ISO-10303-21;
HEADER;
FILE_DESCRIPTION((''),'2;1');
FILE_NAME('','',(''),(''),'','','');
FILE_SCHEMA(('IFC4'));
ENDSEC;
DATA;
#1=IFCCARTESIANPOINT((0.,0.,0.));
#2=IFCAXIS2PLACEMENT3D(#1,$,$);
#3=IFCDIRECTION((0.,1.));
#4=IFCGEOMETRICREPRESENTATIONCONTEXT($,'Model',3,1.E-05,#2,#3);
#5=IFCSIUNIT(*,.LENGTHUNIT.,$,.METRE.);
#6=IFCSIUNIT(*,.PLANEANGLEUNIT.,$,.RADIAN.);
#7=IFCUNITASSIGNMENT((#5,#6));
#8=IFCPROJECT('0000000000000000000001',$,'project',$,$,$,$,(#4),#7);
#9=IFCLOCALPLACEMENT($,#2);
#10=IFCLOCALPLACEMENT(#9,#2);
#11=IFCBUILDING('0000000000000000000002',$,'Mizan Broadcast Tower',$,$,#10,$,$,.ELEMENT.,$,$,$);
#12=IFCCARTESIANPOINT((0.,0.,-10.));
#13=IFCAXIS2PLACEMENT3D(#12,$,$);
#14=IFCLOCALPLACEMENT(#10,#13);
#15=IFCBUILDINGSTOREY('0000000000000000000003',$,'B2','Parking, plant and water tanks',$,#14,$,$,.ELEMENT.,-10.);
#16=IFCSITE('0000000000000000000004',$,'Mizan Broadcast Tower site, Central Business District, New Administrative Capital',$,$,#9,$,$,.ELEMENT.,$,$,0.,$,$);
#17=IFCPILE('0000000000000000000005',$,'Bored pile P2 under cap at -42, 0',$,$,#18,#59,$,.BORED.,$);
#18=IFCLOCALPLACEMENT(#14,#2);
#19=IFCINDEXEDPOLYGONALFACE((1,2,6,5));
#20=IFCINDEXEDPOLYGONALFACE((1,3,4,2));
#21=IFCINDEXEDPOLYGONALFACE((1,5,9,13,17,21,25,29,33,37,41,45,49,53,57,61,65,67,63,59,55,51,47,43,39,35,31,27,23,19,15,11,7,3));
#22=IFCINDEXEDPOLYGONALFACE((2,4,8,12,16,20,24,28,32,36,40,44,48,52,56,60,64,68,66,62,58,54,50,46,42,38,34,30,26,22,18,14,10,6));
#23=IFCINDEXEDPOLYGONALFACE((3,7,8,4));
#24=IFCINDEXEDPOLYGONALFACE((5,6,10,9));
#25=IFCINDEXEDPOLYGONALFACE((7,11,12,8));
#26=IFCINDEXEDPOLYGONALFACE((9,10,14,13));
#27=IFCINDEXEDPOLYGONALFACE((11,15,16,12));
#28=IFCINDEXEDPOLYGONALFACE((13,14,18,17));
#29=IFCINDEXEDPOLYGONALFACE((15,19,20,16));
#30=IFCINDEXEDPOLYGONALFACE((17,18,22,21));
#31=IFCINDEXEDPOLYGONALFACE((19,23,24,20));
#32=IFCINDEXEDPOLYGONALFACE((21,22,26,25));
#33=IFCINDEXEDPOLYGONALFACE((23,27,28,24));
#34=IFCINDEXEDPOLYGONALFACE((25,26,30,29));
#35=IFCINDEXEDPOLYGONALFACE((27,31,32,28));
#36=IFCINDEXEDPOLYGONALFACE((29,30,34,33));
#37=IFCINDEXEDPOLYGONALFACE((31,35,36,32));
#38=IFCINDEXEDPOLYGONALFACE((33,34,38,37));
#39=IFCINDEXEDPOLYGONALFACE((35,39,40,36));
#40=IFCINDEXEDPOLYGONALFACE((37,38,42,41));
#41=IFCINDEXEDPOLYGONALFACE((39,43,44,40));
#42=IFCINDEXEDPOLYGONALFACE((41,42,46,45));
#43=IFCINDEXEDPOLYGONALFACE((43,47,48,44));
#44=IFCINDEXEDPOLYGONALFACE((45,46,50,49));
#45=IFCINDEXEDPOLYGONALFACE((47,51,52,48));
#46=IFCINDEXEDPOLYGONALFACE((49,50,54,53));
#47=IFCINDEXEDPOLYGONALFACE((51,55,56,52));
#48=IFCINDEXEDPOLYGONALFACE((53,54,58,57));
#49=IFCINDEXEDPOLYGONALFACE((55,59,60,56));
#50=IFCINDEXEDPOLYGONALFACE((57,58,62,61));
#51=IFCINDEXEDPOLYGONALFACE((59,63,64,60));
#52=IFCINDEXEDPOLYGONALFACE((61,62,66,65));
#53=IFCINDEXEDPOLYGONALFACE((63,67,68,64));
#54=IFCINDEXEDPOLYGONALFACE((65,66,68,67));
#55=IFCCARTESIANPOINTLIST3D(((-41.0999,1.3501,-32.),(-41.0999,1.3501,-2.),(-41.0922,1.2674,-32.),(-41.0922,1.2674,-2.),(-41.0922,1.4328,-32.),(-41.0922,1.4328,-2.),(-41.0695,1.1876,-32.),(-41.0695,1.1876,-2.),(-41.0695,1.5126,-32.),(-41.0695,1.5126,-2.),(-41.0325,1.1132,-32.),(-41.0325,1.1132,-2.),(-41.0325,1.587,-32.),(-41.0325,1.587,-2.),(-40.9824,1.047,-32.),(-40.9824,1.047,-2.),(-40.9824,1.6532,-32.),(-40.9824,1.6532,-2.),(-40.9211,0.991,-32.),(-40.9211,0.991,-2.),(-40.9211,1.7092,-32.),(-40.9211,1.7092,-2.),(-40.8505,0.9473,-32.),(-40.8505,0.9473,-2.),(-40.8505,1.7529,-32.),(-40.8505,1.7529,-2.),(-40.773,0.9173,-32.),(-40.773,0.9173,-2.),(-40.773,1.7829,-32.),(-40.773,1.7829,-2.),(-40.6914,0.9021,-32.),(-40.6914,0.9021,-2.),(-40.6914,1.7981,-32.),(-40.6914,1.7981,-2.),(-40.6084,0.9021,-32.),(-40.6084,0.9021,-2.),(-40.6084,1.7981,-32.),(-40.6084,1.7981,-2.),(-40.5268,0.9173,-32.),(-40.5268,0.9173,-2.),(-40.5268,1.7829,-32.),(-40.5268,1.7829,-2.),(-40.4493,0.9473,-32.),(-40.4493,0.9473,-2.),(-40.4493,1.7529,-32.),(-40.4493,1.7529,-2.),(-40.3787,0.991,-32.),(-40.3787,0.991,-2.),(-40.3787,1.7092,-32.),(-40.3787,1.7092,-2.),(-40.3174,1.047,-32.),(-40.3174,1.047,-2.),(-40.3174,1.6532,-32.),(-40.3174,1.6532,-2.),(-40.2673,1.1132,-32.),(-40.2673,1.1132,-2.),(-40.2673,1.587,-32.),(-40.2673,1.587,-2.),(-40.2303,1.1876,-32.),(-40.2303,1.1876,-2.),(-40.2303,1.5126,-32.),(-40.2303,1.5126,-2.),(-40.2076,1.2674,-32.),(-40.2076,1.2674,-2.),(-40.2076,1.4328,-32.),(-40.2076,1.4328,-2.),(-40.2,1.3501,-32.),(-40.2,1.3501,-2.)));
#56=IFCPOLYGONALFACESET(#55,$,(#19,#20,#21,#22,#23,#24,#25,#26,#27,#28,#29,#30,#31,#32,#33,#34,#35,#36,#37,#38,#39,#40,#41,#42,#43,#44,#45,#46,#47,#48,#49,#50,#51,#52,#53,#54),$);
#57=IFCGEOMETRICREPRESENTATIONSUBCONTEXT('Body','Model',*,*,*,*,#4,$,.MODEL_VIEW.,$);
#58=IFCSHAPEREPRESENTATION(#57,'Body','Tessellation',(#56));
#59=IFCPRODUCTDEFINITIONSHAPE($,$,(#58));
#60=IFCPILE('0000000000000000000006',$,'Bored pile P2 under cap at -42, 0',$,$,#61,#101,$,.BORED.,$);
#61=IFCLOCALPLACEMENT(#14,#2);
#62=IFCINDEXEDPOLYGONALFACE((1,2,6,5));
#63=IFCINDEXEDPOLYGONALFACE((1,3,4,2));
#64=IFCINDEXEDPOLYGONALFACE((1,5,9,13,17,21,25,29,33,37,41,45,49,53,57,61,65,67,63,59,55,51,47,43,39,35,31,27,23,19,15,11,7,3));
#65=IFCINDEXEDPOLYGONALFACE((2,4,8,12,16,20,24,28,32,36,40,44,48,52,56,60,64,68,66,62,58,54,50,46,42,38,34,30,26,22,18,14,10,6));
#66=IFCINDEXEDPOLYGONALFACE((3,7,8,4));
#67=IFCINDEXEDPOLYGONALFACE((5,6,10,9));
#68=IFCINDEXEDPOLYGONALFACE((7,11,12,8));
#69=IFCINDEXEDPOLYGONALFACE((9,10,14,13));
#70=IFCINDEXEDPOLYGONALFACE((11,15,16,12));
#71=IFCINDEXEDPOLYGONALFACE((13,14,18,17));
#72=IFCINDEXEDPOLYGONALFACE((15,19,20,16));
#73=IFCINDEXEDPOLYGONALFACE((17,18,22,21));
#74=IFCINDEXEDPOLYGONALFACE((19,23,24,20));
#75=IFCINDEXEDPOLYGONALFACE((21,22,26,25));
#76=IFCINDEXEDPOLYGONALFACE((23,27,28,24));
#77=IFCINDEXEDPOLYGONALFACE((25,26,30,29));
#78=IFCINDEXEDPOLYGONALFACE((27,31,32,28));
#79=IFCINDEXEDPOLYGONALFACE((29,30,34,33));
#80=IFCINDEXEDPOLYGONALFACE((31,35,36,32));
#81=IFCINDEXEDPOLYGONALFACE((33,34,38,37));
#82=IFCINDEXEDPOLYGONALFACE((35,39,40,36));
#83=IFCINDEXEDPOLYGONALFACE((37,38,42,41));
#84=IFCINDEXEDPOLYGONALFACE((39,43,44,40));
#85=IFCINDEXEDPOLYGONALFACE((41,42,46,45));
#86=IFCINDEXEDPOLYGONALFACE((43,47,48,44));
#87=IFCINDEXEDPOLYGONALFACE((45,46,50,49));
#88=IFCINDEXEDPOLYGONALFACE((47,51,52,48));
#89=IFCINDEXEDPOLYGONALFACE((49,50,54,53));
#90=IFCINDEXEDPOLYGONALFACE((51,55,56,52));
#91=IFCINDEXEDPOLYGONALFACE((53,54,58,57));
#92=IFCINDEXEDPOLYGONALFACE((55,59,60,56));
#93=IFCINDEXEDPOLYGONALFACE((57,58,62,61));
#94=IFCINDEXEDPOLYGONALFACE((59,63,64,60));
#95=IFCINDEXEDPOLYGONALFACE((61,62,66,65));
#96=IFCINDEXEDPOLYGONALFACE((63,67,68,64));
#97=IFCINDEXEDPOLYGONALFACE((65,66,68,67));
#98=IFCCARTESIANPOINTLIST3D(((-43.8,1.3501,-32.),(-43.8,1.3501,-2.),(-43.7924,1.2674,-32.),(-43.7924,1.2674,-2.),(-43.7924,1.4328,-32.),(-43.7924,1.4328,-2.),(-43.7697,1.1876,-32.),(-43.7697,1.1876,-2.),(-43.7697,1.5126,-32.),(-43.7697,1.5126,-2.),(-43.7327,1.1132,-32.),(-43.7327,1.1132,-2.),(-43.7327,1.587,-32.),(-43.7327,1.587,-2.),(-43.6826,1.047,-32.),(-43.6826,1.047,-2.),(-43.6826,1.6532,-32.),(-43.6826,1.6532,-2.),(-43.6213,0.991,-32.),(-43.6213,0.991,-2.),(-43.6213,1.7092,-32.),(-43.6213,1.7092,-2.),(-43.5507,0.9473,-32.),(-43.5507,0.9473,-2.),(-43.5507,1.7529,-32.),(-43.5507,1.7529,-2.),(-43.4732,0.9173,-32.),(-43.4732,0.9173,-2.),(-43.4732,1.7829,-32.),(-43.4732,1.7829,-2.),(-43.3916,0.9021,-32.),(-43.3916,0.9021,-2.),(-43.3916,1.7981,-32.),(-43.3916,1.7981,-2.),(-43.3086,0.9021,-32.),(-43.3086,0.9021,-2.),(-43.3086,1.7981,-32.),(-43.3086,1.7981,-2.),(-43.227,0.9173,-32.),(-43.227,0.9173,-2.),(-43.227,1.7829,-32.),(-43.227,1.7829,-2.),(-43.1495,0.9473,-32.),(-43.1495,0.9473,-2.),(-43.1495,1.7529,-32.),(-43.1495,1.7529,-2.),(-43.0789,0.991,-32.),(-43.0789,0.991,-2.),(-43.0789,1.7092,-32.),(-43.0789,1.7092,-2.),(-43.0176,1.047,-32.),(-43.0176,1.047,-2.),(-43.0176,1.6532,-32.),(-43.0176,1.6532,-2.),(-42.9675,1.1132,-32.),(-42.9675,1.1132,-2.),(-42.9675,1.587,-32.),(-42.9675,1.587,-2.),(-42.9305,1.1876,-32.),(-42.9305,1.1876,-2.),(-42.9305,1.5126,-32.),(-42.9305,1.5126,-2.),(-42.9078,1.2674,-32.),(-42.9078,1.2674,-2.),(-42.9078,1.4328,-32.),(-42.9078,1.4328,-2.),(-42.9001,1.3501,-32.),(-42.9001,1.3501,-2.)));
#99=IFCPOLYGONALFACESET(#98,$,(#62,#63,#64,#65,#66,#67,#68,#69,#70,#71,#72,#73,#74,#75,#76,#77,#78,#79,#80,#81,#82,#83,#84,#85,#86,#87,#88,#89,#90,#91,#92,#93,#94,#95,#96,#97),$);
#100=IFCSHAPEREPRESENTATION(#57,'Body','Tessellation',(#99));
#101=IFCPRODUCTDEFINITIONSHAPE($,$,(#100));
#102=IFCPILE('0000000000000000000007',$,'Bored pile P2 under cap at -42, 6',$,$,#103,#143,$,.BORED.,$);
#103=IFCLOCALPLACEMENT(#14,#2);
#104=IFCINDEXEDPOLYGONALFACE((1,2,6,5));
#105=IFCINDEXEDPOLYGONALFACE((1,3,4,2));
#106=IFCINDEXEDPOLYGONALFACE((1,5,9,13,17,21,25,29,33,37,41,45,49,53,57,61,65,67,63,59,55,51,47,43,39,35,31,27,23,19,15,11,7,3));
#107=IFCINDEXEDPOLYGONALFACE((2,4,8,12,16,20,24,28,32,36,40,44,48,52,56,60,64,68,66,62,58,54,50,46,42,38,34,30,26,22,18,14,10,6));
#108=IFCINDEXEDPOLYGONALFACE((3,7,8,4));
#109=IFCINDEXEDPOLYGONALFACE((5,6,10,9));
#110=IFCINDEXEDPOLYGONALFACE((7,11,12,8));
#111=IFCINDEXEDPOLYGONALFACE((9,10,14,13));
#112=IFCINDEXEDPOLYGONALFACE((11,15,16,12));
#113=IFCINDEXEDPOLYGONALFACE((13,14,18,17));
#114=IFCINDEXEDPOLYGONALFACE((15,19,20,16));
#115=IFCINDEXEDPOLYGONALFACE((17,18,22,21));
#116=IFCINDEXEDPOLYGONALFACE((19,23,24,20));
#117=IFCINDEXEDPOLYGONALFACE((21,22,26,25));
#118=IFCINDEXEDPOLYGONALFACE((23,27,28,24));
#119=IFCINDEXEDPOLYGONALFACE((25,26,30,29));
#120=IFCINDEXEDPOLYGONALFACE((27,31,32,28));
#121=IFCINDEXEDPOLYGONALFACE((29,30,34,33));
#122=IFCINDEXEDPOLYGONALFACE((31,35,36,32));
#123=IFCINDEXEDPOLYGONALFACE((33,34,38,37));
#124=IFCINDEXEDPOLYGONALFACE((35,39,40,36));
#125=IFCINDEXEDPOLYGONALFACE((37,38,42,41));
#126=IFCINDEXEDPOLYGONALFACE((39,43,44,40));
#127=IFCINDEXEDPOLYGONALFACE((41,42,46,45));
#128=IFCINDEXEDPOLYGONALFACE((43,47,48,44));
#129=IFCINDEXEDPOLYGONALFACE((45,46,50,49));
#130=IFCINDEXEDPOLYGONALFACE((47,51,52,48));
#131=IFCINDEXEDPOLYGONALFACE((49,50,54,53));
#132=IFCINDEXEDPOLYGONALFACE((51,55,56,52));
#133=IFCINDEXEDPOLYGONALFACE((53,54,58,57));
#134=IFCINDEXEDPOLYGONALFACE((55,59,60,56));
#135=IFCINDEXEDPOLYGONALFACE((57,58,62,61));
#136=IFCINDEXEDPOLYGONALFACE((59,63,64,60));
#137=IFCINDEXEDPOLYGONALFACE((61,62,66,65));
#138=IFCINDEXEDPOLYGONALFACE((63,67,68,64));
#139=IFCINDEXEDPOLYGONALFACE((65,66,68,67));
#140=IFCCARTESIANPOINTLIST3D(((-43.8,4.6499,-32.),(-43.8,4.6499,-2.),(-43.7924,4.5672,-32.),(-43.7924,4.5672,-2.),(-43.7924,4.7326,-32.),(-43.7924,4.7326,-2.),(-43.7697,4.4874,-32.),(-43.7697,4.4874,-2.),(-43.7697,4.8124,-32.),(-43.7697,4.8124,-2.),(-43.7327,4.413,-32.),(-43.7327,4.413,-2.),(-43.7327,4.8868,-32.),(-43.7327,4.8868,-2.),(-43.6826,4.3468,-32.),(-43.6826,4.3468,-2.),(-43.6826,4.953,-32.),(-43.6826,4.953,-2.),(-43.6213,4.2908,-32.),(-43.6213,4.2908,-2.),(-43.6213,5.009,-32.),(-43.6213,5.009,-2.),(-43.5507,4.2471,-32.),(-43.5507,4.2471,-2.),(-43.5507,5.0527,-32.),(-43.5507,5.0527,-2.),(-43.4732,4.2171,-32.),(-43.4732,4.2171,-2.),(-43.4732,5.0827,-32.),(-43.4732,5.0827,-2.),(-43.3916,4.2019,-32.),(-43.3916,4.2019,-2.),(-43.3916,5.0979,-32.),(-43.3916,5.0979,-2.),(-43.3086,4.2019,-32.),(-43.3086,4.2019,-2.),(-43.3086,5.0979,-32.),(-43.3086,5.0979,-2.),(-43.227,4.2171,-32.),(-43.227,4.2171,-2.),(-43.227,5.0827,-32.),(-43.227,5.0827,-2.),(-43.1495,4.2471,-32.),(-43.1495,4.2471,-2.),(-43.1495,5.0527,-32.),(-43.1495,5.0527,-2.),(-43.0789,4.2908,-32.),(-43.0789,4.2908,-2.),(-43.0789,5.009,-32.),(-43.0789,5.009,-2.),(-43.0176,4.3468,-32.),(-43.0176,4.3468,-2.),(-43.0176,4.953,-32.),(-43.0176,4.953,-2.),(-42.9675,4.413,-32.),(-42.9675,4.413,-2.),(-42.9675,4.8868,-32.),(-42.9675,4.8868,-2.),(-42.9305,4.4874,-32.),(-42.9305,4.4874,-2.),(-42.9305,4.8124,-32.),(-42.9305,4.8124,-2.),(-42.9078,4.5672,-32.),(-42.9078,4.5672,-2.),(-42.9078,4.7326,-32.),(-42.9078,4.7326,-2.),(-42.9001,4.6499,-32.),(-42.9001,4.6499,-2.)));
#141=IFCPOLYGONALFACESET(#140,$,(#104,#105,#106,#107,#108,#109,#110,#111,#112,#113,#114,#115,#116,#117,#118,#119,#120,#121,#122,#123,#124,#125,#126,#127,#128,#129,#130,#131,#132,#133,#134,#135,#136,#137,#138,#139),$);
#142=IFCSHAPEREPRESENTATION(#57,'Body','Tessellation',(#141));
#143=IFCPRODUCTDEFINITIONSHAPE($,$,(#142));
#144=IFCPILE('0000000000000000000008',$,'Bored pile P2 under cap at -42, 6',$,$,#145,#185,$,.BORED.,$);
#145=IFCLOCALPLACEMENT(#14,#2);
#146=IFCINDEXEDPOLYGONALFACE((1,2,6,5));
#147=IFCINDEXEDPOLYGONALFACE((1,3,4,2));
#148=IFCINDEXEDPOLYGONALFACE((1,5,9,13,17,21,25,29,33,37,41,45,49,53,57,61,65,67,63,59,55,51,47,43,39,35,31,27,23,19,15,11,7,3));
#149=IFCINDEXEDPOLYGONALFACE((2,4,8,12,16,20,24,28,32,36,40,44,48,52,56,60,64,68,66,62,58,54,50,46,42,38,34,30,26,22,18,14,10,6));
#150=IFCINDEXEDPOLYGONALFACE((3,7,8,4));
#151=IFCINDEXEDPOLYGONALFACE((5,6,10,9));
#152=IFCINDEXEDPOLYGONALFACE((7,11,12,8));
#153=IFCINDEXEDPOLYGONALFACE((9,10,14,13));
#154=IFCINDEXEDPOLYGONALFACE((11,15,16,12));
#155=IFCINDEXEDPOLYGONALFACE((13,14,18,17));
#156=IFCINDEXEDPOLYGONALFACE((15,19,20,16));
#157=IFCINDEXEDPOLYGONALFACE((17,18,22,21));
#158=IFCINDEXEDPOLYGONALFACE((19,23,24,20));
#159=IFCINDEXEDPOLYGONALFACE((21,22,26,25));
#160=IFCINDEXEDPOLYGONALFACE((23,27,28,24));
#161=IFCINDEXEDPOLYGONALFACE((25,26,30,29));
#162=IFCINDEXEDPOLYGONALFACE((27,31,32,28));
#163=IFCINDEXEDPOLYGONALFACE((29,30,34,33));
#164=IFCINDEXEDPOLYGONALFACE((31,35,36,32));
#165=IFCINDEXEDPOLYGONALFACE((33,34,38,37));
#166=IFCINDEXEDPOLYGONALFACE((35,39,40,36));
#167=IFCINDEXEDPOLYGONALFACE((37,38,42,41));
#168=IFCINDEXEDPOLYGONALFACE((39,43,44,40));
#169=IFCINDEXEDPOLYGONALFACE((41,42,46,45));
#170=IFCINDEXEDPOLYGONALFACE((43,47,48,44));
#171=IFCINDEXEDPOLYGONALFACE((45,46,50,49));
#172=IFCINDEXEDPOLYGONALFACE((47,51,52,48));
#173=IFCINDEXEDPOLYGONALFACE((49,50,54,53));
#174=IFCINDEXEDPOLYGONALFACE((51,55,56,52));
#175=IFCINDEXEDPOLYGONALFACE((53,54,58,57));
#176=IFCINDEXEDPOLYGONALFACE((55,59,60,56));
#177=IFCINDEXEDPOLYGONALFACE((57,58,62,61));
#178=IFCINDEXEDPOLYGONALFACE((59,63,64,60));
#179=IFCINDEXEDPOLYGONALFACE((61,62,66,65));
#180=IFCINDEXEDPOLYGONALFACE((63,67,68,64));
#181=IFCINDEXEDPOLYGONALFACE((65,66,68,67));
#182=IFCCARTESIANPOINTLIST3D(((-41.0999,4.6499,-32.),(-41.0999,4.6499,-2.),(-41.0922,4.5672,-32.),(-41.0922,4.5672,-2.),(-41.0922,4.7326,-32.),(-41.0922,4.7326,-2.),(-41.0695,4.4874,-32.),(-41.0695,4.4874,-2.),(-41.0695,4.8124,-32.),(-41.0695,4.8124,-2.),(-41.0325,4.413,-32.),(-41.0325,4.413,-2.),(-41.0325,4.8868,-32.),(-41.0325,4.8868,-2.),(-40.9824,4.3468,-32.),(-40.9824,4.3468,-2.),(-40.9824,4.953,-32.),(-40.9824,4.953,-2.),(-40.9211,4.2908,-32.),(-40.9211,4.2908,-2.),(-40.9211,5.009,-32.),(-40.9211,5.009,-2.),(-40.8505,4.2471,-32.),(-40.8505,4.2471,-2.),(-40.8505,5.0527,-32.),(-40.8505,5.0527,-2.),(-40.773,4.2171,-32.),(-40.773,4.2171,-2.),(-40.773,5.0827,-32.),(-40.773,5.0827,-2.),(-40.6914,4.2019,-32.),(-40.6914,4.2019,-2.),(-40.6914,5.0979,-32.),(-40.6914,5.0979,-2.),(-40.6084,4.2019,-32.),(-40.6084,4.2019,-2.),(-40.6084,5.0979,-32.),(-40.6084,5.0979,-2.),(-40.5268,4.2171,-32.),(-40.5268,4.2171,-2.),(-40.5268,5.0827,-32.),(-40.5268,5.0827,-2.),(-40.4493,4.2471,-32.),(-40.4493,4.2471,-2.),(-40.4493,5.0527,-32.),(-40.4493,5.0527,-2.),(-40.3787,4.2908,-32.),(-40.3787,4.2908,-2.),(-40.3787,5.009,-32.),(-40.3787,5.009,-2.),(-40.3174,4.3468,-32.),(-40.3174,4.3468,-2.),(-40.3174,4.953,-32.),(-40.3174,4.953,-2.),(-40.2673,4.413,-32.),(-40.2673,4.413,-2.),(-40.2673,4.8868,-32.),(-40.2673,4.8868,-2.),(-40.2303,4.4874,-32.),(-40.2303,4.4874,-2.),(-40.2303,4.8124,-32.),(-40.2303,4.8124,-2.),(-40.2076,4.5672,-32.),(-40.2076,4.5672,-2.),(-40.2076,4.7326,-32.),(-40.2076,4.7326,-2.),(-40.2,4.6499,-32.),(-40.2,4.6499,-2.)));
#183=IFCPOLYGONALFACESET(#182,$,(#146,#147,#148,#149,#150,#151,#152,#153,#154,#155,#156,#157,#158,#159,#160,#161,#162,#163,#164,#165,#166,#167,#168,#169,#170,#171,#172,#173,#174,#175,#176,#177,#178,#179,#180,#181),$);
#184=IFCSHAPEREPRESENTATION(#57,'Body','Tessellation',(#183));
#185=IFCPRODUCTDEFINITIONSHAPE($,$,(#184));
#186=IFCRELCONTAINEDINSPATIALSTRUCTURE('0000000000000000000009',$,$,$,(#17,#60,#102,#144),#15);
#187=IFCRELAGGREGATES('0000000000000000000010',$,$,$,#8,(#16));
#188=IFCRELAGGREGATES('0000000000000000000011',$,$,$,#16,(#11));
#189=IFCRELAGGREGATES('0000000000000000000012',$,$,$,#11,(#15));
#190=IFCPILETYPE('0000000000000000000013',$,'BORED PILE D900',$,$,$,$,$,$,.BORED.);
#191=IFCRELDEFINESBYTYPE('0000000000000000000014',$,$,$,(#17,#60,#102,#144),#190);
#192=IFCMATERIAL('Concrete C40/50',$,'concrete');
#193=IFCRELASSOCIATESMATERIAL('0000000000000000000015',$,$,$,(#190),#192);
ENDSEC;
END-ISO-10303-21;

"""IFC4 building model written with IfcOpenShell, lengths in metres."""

from ifc_helpers import new_model, si_unit, direction, frame, origin, origin_2d, place, context, subcontext, project, spatial, circle, extrude, material, material_profile, profile_set, type_object, element, save


model = new_model("IFC4")

# Units and contexts
model_context = context("Model", 3, precision=1e-05, world=origin(), true_north=direction((0.0, 1.0)))
body_context = subcontext(model_context, "Body", "Model", "MODEL_VIEW")
ifc_project = project(units=[si_unit("LENGTHUNIT", "METRE"), si_unit("PLANEANGLEUNIT", "RADIAN")], contexts=[model_context])

# Site, building, storey
site_placement = place(None, origin())
site = spatial("IfcSite", under=ifc_project, at=site_placement, Name="Mizan Broadcast Tower site, Central Business District, New Administrative Capital", CompositionType="ELEMENT", RefElevation=0.0)
building_placement = place(site_placement, origin())
building = spatial("IfcBuilding", under=site, at=building_placement, Name="Mizan Broadcast Tower", CompositionType="ELEMENT")
storey_placement = place(building_placement, frame((0.0, 0.0, -10.0)))
storey = spatial("IfcBuildingStorey", under=building, at=storey_placement, Name="B2", Description="Parking, plant and water tanks", CompositionType="ELEMENT", Elevation=-10.0)

# Piles
ifc_material_1 = material(Name="Concrete C40/50", Category="concrete")
ifc_material_profile_1 = material_profile(ifc_material_1, circle(Radius=0.45, at=origin_2d()), Name="D900")
ifc_profile_set_1 = profile_set([ifc_material_profile_1], Name="Concrete C40/50")
pile_type_1 = type_object("IfcPileType", Name="BORED PILE D900", PredefinedType="BORED", material=ifc_profile_set_1)
for number, where, z_axis, x_axis, name in (
    (1, (-40.6499, 1.3501, -2.0), (0.0, 0.0, -1.0), (1.0, 0.0, 0.0), "Bored pile P2 under cap at -42, 0"),
    (2, (-43.3501, 1.3501, -2.0), (0.0, 0.0, -1.0), (1.0, 0.0, 0.0), "Bored pile P2 under cap at -42, 0"),
    (3, (-43.3501, 4.6499, -2.0), (0.0, 0.0, -1.0), (1.0, 0.0, 0.0), "Bored pile P2 under cap at -42, 6"),
    (4, (-40.6499, 4.6499, -2.0), (0.0, 0.0, -1.0), (1.0, 0.0, 0.0), "Bored pile P2 under cap at -42, 6"),
):
    element("IfcPile", number, at=place(storey_placement, frame(where, z_axis=z_axis, x_axis=x_axis)), inside=storey, type_object=pile_type_1, Name=name, PredefinedType="BORED", context=body_context, shape_type="SweptSolid", body=[
        extrude(circle(Radius=0.45, at=origin_2d()), origin(), (0.0, 0.0, 1.0), 30.0),
    ])

save(model, "model.ifc")
